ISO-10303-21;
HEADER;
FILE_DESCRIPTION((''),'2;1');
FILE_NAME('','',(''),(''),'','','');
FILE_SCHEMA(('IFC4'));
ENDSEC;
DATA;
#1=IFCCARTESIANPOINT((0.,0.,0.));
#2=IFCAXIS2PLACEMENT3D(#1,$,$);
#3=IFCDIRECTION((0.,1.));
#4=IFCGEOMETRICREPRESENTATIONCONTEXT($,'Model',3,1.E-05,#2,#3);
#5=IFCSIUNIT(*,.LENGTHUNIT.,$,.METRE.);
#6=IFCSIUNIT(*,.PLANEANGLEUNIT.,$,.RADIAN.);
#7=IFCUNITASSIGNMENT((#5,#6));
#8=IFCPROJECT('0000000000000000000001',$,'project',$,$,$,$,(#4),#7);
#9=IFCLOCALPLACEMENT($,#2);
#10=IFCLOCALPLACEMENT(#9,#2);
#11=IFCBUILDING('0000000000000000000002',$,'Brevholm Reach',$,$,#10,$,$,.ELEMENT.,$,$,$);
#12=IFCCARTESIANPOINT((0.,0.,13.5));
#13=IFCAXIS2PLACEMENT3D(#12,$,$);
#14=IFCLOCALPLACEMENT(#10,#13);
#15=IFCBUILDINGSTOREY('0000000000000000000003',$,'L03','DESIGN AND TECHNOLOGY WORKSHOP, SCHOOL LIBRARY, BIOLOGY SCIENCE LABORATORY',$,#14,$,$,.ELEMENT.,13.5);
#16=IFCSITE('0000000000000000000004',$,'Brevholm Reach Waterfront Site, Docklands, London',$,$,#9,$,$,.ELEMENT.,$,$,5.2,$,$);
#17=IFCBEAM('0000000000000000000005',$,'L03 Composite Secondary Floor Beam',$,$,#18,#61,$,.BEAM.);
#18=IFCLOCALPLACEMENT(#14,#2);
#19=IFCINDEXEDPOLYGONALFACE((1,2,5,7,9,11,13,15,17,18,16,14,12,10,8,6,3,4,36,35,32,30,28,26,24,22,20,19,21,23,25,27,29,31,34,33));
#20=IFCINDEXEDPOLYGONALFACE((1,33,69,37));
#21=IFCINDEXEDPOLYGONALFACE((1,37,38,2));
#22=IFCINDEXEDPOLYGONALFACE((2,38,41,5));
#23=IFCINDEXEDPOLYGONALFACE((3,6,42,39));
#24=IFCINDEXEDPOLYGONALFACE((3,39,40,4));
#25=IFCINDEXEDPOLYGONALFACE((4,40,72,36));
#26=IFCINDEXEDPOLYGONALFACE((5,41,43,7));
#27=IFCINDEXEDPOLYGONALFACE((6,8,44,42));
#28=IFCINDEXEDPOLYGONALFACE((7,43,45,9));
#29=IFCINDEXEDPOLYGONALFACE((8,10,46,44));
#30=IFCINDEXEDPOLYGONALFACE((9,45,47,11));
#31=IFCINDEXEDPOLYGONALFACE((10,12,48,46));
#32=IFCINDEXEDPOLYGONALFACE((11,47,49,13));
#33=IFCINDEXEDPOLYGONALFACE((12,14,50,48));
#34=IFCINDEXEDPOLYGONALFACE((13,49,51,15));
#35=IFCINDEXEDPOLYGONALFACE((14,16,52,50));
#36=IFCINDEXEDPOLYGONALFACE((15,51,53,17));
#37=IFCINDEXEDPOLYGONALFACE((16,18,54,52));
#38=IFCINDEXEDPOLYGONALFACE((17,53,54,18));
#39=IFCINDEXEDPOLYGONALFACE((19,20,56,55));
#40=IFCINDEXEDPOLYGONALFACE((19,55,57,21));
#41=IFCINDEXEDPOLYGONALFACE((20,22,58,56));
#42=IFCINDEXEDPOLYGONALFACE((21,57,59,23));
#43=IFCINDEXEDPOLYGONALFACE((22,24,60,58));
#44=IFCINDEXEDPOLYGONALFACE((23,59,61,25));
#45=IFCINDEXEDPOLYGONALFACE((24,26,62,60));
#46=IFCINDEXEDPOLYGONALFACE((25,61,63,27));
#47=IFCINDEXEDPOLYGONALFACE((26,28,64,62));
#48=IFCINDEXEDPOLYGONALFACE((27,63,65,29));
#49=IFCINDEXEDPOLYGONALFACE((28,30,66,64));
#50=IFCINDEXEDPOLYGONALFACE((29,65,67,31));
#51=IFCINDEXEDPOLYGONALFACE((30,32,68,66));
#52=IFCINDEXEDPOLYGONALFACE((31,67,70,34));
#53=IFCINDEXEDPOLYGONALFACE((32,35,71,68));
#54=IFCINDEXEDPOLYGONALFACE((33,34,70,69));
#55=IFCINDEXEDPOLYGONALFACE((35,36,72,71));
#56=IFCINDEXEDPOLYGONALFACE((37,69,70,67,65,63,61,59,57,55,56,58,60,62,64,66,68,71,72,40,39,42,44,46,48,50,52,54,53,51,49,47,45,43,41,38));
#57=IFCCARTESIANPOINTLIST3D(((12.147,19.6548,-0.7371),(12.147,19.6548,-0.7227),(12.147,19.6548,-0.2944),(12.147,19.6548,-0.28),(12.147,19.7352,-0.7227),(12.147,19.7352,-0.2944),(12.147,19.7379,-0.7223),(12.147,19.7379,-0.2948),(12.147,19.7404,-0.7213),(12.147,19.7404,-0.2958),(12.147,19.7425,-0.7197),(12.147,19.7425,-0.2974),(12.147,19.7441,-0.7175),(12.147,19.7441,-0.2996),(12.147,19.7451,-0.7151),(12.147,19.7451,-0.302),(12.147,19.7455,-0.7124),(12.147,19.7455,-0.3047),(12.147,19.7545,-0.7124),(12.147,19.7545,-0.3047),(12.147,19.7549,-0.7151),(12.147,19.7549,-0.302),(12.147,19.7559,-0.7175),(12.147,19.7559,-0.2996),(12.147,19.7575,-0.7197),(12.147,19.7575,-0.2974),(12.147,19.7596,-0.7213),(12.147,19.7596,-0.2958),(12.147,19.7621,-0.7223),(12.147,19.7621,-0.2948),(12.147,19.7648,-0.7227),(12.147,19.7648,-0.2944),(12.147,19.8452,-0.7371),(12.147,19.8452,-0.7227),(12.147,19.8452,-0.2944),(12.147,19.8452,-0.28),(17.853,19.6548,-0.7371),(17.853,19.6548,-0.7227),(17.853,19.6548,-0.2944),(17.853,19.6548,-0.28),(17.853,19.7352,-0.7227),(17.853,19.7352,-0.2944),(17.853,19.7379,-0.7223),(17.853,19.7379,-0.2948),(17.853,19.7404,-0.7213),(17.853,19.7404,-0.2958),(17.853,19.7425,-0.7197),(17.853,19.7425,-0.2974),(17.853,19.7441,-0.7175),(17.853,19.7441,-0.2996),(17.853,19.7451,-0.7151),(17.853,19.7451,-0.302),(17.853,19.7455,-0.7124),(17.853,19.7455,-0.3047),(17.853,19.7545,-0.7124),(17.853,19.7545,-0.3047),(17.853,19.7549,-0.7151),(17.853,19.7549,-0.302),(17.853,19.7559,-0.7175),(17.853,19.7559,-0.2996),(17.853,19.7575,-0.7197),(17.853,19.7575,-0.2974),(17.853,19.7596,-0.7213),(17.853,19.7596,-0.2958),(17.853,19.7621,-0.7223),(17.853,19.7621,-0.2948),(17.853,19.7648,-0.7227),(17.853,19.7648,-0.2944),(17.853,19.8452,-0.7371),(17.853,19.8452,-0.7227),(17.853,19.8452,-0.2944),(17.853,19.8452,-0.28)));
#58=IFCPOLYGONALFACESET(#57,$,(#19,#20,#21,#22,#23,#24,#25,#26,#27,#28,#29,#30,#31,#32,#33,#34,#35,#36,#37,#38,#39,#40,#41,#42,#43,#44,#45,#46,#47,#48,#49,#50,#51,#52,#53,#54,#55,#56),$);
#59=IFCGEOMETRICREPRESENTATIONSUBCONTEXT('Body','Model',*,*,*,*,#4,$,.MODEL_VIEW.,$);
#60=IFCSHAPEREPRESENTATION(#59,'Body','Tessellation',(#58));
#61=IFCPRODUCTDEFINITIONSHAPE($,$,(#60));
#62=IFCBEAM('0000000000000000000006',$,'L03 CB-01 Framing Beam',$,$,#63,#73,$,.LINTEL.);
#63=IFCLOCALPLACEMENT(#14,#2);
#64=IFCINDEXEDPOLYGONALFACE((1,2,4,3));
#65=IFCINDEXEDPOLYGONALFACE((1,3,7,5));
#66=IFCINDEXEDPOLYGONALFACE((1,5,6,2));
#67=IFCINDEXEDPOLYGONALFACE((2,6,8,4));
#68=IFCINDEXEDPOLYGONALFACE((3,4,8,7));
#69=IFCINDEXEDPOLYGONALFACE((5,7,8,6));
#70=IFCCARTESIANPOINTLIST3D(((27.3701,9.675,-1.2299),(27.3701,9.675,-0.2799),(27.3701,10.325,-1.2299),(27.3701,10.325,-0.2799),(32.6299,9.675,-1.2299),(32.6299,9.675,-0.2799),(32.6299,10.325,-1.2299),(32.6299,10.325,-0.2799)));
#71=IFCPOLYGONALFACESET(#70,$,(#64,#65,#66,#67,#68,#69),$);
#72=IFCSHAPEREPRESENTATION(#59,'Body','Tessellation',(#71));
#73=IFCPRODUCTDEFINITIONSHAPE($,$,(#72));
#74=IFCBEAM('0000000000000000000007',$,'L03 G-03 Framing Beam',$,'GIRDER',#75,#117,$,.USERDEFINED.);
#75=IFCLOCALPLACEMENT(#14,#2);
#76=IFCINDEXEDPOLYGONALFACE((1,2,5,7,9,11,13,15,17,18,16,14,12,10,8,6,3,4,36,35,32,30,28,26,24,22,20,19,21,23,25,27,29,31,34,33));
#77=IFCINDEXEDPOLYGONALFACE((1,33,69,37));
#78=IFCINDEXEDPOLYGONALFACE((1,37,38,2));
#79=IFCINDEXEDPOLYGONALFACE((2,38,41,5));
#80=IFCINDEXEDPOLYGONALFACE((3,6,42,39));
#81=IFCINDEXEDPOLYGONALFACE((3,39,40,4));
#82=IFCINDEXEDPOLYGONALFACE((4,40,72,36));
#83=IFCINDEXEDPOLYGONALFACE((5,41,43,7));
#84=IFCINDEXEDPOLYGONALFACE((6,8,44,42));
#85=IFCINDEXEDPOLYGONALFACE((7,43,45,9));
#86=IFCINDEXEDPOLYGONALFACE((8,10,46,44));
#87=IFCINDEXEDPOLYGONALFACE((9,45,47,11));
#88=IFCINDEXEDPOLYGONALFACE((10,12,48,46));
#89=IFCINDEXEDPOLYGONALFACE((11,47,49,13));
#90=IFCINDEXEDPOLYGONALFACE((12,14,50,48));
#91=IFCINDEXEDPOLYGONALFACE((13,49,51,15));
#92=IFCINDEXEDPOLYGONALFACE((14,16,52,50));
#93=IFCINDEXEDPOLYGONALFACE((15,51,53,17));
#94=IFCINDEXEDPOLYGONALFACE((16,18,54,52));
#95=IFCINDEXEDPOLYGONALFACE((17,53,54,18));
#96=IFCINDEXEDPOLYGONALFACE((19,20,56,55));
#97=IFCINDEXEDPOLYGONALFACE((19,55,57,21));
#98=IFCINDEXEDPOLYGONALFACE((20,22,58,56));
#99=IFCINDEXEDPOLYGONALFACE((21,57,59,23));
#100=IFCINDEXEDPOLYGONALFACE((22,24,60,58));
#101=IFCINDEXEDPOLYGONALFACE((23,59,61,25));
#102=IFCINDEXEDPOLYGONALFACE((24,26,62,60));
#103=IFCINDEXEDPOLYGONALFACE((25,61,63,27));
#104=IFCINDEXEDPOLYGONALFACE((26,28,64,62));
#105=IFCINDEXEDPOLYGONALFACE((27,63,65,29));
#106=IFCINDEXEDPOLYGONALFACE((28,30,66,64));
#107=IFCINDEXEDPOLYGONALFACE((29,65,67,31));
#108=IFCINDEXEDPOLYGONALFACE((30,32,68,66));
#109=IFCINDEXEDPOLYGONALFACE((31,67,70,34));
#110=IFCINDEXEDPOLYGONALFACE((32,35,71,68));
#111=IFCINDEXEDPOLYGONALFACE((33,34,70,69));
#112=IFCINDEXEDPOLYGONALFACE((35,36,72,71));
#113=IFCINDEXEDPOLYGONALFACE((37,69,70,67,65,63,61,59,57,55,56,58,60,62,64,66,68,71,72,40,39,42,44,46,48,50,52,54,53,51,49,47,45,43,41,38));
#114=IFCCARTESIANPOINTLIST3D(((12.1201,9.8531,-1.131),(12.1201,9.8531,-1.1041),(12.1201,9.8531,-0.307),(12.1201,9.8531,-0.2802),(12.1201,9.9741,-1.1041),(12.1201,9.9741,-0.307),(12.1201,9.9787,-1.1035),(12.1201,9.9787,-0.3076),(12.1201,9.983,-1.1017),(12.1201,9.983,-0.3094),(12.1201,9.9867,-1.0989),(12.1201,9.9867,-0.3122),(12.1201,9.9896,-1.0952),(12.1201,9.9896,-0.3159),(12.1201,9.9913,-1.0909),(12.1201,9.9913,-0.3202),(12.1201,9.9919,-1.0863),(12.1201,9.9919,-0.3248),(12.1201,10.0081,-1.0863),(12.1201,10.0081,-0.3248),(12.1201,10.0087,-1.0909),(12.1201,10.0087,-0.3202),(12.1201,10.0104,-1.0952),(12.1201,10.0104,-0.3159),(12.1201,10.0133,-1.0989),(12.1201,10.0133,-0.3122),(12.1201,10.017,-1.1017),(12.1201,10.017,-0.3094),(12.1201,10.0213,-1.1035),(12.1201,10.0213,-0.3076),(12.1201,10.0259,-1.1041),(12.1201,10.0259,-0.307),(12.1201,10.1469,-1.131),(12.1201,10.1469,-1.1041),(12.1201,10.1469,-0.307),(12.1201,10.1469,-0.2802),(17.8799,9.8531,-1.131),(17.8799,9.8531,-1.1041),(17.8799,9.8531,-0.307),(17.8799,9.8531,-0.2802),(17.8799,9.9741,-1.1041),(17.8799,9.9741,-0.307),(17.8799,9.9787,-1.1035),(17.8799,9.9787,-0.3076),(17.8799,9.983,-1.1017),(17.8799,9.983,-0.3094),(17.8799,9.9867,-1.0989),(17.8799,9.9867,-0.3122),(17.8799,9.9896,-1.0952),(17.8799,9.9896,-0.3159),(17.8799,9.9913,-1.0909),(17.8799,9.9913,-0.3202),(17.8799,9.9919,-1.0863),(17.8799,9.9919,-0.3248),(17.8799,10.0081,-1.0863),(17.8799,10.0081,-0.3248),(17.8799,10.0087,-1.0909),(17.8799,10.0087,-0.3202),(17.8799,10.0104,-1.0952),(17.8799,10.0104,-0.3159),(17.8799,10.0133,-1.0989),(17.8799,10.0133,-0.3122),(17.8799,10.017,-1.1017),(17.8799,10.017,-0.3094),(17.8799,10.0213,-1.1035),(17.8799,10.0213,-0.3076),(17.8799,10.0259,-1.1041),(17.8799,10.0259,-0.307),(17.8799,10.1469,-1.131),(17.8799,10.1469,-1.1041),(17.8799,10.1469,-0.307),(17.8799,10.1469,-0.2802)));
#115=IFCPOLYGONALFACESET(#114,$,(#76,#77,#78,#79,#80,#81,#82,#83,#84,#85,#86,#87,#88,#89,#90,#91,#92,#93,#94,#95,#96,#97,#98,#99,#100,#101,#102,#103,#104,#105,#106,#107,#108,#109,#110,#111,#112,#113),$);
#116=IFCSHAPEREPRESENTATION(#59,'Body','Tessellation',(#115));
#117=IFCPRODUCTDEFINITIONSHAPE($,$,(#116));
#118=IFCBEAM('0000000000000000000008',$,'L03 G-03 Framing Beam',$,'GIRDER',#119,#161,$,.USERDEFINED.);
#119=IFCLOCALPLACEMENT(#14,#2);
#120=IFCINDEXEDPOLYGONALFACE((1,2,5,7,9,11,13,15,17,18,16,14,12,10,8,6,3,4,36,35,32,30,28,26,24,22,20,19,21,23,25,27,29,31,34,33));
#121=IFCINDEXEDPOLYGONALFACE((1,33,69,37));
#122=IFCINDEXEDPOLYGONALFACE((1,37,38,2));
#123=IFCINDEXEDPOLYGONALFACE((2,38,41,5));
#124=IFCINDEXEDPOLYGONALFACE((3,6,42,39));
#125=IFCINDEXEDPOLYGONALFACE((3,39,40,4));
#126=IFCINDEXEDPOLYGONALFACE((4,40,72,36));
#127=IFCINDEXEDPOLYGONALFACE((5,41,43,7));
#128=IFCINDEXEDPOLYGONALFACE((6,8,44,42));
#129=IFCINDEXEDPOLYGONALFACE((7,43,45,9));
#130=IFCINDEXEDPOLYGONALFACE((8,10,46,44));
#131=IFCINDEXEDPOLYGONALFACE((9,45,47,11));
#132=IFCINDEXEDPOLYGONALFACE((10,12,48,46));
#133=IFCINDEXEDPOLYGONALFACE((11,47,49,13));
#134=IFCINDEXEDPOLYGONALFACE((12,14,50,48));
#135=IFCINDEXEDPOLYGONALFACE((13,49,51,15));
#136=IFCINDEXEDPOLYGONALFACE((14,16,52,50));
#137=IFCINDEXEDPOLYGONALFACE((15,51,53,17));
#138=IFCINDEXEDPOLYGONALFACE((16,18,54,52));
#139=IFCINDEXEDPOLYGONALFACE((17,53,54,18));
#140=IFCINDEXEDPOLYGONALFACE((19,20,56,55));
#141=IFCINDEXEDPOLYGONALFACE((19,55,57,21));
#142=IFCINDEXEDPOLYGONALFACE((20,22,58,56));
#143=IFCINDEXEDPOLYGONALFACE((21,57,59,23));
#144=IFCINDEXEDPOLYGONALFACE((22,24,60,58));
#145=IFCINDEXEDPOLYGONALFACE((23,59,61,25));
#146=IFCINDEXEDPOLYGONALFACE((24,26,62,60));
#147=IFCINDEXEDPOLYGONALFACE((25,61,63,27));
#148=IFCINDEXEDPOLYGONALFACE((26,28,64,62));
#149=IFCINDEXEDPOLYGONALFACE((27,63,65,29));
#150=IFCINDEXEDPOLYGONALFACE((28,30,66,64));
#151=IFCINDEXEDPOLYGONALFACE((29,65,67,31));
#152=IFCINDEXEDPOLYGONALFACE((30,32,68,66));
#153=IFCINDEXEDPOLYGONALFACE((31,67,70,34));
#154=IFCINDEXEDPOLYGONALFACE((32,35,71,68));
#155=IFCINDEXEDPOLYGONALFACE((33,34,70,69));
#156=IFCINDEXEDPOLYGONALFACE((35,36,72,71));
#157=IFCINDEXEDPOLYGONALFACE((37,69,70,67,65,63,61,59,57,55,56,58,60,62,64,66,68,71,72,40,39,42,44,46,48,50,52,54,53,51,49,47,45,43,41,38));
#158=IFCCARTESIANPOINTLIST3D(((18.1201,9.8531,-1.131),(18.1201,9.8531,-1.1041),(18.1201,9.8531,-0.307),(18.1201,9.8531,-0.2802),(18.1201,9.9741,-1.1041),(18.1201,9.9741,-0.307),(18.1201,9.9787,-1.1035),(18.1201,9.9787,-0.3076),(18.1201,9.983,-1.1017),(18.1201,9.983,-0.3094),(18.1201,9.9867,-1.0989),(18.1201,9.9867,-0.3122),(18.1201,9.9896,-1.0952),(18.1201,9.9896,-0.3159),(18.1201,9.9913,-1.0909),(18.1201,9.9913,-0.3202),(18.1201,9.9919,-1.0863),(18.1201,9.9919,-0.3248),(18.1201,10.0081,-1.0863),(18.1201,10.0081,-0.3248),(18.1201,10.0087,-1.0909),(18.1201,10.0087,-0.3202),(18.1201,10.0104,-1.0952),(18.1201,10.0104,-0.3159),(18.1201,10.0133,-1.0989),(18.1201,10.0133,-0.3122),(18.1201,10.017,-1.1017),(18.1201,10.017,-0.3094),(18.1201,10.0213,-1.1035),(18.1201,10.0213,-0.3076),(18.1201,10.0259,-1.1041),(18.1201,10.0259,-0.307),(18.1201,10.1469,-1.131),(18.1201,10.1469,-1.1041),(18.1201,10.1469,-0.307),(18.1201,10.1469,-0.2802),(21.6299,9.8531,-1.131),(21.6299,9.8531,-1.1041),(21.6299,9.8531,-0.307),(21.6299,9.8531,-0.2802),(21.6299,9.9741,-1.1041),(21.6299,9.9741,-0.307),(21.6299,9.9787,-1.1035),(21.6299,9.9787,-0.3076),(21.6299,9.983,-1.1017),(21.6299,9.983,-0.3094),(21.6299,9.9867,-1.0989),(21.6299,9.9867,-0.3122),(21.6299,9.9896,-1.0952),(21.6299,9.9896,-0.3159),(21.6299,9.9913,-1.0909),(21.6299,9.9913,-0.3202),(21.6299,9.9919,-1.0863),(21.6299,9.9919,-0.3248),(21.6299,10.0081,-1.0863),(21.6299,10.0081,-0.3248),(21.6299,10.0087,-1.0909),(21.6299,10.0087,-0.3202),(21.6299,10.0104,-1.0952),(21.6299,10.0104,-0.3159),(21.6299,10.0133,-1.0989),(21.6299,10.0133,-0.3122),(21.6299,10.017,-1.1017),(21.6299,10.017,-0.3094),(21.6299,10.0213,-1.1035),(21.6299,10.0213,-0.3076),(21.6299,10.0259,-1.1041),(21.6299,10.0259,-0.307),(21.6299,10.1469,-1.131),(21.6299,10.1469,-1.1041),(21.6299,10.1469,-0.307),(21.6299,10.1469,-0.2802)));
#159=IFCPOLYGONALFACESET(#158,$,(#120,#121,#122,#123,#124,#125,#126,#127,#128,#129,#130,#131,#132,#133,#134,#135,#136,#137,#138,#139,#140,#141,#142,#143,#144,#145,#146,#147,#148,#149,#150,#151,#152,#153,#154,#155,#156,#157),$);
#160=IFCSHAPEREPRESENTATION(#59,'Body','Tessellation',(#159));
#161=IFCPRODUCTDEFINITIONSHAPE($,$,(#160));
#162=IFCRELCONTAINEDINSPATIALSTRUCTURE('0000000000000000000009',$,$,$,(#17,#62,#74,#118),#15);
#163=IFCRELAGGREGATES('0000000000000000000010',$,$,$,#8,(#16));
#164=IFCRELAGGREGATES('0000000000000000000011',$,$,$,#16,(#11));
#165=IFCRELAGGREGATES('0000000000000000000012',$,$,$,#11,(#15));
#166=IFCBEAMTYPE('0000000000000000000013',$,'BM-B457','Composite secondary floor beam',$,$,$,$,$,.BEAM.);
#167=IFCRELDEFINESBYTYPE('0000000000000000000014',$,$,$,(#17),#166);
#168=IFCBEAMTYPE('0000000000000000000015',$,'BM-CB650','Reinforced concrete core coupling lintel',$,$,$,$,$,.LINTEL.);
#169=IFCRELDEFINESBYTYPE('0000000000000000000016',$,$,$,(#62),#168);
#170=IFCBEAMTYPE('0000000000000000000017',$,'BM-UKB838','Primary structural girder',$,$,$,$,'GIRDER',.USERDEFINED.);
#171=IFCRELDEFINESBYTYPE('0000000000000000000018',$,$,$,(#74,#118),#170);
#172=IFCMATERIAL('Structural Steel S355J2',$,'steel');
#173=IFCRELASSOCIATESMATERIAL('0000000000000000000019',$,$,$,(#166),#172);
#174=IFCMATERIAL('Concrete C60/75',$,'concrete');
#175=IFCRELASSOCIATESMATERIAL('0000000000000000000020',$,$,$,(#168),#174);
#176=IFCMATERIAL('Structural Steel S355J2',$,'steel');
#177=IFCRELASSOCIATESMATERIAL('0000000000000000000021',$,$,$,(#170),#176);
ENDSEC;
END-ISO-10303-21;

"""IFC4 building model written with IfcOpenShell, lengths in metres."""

from ifc_helpers import new_model, si_unit, direction, frame, origin, origin_2d, place, context, subcontext, project, spatial, rectangle, i_section, extrude, material, material_profile, profile_set, type_object, element, save


model = new_model("IFC4")

# Units and contexts
model_context = context("Model", 3, precision=1e-05, world=origin(), true_north=direction((0.0, 1.0)))
body_context = subcontext(model_context, "Body", "Model", "MODEL_VIEW")
ifc_project = project(units=[si_unit("LENGTHUNIT", "METRE"), si_unit("PLANEANGLEUNIT", "RADIAN")], contexts=[model_context])

# Site, building, storey
site_placement = place(None, origin())
site = spatial("IfcSite", under=ifc_project, at=site_placement, Name="Brevholm Reach Waterfront Site, Docklands, London", CompositionType="ELEMENT", RefElevation=5.2)
building_placement = place(site_placement, origin())
building = spatial("IfcBuilding", under=site, at=building_placement, Name="Brevholm Reach", CompositionType="ELEMENT")
storey_placement = place(building_placement, frame((0.0, 0.0, 13.5)))
storey = spatial("IfcBuildingStorey", under=building, at=storey_placement, Name="L03", Description="DESIGN AND TECHNOLOGY WORKSHOP, SCHOOL LIBRARY, BIOLOGY SCIENCE LABORATORY", CompositionType="ELEMENT", Elevation=13.5)

# Beams
ifc_material_1 = material(Name="Structural Steel S355J2", Category="steel")
ifc_material_profile_1 = material_profile(ifc_material_1, i_section(OverallWidth=0.1904, OverallDepth=0.457, WebThickness=0.009, FlangeThickness=0.0144, FilletRadius=0.0103, at=origin_2d()), Name="UKB 457x191x74")
ifc_profile_set_1 = profile_set([ifc_material_profile_1], Name="Structural Steel S355J2")
beam_type_1 = type_object("IfcBeamType", Name="BM-B457", Description="Composite secondary floor beam", PredefinedType="BEAM", material=ifc_profile_set_1)
beam_1_placement = place(storey_placement, frame((12.147, 19.75, -0.5085), z_axis=(1.0, 0.0, 0.0), x_axis=(0.0, 1.0, 0.0)))
element("IfcBeam", 1, at=beam_1_placement, inside=storey, type_object=beam_type_1, Name="L03 Composite Secondary Floor Beam", PredefinedType="BEAM", context=body_context, shape_type="SweptSolid", body=[
    extrude(i_section(OverallWidth=0.1904, OverallDepth=0.457, WebThickness=0.009, FlangeThickness=0.0144, FilletRadius=0.0103, at=origin_2d()), origin(), (0.0, 0.0, 1.0), 5.7061),
])
ifc_material_2 = material(Name="Concrete C60/75", Category="concrete")
ifc_material_profile_2 = material_profile(ifc_material_2, rectangle(XDim=0.6499, YDim=0.95, at=origin_2d()), Name="RC 650x950")
ifc_profile_set_2 = profile_set([ifc_material_profile_2], Name="Concrete C60/75")
beam_type_2 = type_object("IfcBeamType", Name="BM-CB650", Description="Reinforced concrete core coupling lintel", PredefinedType="LINTEL", material=ifc_profile_set_2)
beam_2_placement = place(storey_placement, frame((27.3701, 10.0, -0.7549), z_axis=(1.0, 0.0, 0.0), x_axis=(0.0, 1.0, 0.0)))
element("IfcBeam", 2, at=beam_2_placement, inside=storey, type_object=beam_type_2, Name="L03 CB-01 Framing Beam", PredefinedType="LINTEL", context=body_context, shape_type="SweptSolid", body=[
    extrude(rectangle(XDim=0.6499, YDim=0.95, at=origin_2d()), origin(), (0.0, 0.0, 1.0), 5.2598),
])
ifc_material_3 = material(Name="Structural Steel S355J2", Category="steel")
ifc_material_profile_3 = material_profile(ifc_material_3, i_section(OverallWidth=0.2937, OverallDepth=0.8508, WebThickness=0.0161, FlangeThickness=0.0269, FilletRadius=0.0178, at=origin_2d()), Name="UKB 838x292x226")
ifc_profile_set_3 = profile_set([ifc_material_profile_3], Name="Structural Steel S355J2")
beam_type_3 = type_object("IfcBeamType", Name="BM-UKB838", Description="Primary structural girder", ElementType="GIRDER", PredefinedType="USERDEFINED", material=ifc_profile_set_3)
beam_3_placement = place(storey_placement, frame((12.1201, 10.0, -0.7056), z_axis=(1.0, 0.0, 0.0), x_axis=(0.0, 1.0, 0.0)))
element("IfcBeam", 3, at=beam_3_placement, inside=storey, type_object=beam_type_3, Name="L03 G-03 Framing Beam", ObjectType="GIRDER", PredefinedType="USERDEFINED", context=body_context, shape_type="SweptSolid", body=[
    extrude(i_section(OverallWidth=0.2937, OverallDepth=0.8508, WebThickness=0.0161, FlangeThickness=0.0269, FilletRadius=0.0178, at=origin_2d()), origin(), (0.0, 0.0, 1.0), 5.7598),
])
beam_4_placement = place(storey_placement, frame((18.1201, 10.0, -0.7056), z_axis=(1.0, 0.0, 0.0), x_axis=(0.0, 1.0, 0.0)))
element("IfcBeam", 4, at=beam_4_placement, inside=storey, type_object=beam_type_3, Name="L03 G-03 Framing Beam", ObjectType="GIRDER", PredefinedType="USERDEFINED", context=body_context, shape_type="SweptSolid", body=[
    extrude(i_section(OverallWidth=0.2937, OverallDepth=0.8508, WebThickness=0.0161, FlangeThickness=0.0269, FilletRadius=0.0178, at=origin_2d()), origin(), (0.0, 0.0, 1.0), 3.5098),
])

save(model, "model.ifc")
